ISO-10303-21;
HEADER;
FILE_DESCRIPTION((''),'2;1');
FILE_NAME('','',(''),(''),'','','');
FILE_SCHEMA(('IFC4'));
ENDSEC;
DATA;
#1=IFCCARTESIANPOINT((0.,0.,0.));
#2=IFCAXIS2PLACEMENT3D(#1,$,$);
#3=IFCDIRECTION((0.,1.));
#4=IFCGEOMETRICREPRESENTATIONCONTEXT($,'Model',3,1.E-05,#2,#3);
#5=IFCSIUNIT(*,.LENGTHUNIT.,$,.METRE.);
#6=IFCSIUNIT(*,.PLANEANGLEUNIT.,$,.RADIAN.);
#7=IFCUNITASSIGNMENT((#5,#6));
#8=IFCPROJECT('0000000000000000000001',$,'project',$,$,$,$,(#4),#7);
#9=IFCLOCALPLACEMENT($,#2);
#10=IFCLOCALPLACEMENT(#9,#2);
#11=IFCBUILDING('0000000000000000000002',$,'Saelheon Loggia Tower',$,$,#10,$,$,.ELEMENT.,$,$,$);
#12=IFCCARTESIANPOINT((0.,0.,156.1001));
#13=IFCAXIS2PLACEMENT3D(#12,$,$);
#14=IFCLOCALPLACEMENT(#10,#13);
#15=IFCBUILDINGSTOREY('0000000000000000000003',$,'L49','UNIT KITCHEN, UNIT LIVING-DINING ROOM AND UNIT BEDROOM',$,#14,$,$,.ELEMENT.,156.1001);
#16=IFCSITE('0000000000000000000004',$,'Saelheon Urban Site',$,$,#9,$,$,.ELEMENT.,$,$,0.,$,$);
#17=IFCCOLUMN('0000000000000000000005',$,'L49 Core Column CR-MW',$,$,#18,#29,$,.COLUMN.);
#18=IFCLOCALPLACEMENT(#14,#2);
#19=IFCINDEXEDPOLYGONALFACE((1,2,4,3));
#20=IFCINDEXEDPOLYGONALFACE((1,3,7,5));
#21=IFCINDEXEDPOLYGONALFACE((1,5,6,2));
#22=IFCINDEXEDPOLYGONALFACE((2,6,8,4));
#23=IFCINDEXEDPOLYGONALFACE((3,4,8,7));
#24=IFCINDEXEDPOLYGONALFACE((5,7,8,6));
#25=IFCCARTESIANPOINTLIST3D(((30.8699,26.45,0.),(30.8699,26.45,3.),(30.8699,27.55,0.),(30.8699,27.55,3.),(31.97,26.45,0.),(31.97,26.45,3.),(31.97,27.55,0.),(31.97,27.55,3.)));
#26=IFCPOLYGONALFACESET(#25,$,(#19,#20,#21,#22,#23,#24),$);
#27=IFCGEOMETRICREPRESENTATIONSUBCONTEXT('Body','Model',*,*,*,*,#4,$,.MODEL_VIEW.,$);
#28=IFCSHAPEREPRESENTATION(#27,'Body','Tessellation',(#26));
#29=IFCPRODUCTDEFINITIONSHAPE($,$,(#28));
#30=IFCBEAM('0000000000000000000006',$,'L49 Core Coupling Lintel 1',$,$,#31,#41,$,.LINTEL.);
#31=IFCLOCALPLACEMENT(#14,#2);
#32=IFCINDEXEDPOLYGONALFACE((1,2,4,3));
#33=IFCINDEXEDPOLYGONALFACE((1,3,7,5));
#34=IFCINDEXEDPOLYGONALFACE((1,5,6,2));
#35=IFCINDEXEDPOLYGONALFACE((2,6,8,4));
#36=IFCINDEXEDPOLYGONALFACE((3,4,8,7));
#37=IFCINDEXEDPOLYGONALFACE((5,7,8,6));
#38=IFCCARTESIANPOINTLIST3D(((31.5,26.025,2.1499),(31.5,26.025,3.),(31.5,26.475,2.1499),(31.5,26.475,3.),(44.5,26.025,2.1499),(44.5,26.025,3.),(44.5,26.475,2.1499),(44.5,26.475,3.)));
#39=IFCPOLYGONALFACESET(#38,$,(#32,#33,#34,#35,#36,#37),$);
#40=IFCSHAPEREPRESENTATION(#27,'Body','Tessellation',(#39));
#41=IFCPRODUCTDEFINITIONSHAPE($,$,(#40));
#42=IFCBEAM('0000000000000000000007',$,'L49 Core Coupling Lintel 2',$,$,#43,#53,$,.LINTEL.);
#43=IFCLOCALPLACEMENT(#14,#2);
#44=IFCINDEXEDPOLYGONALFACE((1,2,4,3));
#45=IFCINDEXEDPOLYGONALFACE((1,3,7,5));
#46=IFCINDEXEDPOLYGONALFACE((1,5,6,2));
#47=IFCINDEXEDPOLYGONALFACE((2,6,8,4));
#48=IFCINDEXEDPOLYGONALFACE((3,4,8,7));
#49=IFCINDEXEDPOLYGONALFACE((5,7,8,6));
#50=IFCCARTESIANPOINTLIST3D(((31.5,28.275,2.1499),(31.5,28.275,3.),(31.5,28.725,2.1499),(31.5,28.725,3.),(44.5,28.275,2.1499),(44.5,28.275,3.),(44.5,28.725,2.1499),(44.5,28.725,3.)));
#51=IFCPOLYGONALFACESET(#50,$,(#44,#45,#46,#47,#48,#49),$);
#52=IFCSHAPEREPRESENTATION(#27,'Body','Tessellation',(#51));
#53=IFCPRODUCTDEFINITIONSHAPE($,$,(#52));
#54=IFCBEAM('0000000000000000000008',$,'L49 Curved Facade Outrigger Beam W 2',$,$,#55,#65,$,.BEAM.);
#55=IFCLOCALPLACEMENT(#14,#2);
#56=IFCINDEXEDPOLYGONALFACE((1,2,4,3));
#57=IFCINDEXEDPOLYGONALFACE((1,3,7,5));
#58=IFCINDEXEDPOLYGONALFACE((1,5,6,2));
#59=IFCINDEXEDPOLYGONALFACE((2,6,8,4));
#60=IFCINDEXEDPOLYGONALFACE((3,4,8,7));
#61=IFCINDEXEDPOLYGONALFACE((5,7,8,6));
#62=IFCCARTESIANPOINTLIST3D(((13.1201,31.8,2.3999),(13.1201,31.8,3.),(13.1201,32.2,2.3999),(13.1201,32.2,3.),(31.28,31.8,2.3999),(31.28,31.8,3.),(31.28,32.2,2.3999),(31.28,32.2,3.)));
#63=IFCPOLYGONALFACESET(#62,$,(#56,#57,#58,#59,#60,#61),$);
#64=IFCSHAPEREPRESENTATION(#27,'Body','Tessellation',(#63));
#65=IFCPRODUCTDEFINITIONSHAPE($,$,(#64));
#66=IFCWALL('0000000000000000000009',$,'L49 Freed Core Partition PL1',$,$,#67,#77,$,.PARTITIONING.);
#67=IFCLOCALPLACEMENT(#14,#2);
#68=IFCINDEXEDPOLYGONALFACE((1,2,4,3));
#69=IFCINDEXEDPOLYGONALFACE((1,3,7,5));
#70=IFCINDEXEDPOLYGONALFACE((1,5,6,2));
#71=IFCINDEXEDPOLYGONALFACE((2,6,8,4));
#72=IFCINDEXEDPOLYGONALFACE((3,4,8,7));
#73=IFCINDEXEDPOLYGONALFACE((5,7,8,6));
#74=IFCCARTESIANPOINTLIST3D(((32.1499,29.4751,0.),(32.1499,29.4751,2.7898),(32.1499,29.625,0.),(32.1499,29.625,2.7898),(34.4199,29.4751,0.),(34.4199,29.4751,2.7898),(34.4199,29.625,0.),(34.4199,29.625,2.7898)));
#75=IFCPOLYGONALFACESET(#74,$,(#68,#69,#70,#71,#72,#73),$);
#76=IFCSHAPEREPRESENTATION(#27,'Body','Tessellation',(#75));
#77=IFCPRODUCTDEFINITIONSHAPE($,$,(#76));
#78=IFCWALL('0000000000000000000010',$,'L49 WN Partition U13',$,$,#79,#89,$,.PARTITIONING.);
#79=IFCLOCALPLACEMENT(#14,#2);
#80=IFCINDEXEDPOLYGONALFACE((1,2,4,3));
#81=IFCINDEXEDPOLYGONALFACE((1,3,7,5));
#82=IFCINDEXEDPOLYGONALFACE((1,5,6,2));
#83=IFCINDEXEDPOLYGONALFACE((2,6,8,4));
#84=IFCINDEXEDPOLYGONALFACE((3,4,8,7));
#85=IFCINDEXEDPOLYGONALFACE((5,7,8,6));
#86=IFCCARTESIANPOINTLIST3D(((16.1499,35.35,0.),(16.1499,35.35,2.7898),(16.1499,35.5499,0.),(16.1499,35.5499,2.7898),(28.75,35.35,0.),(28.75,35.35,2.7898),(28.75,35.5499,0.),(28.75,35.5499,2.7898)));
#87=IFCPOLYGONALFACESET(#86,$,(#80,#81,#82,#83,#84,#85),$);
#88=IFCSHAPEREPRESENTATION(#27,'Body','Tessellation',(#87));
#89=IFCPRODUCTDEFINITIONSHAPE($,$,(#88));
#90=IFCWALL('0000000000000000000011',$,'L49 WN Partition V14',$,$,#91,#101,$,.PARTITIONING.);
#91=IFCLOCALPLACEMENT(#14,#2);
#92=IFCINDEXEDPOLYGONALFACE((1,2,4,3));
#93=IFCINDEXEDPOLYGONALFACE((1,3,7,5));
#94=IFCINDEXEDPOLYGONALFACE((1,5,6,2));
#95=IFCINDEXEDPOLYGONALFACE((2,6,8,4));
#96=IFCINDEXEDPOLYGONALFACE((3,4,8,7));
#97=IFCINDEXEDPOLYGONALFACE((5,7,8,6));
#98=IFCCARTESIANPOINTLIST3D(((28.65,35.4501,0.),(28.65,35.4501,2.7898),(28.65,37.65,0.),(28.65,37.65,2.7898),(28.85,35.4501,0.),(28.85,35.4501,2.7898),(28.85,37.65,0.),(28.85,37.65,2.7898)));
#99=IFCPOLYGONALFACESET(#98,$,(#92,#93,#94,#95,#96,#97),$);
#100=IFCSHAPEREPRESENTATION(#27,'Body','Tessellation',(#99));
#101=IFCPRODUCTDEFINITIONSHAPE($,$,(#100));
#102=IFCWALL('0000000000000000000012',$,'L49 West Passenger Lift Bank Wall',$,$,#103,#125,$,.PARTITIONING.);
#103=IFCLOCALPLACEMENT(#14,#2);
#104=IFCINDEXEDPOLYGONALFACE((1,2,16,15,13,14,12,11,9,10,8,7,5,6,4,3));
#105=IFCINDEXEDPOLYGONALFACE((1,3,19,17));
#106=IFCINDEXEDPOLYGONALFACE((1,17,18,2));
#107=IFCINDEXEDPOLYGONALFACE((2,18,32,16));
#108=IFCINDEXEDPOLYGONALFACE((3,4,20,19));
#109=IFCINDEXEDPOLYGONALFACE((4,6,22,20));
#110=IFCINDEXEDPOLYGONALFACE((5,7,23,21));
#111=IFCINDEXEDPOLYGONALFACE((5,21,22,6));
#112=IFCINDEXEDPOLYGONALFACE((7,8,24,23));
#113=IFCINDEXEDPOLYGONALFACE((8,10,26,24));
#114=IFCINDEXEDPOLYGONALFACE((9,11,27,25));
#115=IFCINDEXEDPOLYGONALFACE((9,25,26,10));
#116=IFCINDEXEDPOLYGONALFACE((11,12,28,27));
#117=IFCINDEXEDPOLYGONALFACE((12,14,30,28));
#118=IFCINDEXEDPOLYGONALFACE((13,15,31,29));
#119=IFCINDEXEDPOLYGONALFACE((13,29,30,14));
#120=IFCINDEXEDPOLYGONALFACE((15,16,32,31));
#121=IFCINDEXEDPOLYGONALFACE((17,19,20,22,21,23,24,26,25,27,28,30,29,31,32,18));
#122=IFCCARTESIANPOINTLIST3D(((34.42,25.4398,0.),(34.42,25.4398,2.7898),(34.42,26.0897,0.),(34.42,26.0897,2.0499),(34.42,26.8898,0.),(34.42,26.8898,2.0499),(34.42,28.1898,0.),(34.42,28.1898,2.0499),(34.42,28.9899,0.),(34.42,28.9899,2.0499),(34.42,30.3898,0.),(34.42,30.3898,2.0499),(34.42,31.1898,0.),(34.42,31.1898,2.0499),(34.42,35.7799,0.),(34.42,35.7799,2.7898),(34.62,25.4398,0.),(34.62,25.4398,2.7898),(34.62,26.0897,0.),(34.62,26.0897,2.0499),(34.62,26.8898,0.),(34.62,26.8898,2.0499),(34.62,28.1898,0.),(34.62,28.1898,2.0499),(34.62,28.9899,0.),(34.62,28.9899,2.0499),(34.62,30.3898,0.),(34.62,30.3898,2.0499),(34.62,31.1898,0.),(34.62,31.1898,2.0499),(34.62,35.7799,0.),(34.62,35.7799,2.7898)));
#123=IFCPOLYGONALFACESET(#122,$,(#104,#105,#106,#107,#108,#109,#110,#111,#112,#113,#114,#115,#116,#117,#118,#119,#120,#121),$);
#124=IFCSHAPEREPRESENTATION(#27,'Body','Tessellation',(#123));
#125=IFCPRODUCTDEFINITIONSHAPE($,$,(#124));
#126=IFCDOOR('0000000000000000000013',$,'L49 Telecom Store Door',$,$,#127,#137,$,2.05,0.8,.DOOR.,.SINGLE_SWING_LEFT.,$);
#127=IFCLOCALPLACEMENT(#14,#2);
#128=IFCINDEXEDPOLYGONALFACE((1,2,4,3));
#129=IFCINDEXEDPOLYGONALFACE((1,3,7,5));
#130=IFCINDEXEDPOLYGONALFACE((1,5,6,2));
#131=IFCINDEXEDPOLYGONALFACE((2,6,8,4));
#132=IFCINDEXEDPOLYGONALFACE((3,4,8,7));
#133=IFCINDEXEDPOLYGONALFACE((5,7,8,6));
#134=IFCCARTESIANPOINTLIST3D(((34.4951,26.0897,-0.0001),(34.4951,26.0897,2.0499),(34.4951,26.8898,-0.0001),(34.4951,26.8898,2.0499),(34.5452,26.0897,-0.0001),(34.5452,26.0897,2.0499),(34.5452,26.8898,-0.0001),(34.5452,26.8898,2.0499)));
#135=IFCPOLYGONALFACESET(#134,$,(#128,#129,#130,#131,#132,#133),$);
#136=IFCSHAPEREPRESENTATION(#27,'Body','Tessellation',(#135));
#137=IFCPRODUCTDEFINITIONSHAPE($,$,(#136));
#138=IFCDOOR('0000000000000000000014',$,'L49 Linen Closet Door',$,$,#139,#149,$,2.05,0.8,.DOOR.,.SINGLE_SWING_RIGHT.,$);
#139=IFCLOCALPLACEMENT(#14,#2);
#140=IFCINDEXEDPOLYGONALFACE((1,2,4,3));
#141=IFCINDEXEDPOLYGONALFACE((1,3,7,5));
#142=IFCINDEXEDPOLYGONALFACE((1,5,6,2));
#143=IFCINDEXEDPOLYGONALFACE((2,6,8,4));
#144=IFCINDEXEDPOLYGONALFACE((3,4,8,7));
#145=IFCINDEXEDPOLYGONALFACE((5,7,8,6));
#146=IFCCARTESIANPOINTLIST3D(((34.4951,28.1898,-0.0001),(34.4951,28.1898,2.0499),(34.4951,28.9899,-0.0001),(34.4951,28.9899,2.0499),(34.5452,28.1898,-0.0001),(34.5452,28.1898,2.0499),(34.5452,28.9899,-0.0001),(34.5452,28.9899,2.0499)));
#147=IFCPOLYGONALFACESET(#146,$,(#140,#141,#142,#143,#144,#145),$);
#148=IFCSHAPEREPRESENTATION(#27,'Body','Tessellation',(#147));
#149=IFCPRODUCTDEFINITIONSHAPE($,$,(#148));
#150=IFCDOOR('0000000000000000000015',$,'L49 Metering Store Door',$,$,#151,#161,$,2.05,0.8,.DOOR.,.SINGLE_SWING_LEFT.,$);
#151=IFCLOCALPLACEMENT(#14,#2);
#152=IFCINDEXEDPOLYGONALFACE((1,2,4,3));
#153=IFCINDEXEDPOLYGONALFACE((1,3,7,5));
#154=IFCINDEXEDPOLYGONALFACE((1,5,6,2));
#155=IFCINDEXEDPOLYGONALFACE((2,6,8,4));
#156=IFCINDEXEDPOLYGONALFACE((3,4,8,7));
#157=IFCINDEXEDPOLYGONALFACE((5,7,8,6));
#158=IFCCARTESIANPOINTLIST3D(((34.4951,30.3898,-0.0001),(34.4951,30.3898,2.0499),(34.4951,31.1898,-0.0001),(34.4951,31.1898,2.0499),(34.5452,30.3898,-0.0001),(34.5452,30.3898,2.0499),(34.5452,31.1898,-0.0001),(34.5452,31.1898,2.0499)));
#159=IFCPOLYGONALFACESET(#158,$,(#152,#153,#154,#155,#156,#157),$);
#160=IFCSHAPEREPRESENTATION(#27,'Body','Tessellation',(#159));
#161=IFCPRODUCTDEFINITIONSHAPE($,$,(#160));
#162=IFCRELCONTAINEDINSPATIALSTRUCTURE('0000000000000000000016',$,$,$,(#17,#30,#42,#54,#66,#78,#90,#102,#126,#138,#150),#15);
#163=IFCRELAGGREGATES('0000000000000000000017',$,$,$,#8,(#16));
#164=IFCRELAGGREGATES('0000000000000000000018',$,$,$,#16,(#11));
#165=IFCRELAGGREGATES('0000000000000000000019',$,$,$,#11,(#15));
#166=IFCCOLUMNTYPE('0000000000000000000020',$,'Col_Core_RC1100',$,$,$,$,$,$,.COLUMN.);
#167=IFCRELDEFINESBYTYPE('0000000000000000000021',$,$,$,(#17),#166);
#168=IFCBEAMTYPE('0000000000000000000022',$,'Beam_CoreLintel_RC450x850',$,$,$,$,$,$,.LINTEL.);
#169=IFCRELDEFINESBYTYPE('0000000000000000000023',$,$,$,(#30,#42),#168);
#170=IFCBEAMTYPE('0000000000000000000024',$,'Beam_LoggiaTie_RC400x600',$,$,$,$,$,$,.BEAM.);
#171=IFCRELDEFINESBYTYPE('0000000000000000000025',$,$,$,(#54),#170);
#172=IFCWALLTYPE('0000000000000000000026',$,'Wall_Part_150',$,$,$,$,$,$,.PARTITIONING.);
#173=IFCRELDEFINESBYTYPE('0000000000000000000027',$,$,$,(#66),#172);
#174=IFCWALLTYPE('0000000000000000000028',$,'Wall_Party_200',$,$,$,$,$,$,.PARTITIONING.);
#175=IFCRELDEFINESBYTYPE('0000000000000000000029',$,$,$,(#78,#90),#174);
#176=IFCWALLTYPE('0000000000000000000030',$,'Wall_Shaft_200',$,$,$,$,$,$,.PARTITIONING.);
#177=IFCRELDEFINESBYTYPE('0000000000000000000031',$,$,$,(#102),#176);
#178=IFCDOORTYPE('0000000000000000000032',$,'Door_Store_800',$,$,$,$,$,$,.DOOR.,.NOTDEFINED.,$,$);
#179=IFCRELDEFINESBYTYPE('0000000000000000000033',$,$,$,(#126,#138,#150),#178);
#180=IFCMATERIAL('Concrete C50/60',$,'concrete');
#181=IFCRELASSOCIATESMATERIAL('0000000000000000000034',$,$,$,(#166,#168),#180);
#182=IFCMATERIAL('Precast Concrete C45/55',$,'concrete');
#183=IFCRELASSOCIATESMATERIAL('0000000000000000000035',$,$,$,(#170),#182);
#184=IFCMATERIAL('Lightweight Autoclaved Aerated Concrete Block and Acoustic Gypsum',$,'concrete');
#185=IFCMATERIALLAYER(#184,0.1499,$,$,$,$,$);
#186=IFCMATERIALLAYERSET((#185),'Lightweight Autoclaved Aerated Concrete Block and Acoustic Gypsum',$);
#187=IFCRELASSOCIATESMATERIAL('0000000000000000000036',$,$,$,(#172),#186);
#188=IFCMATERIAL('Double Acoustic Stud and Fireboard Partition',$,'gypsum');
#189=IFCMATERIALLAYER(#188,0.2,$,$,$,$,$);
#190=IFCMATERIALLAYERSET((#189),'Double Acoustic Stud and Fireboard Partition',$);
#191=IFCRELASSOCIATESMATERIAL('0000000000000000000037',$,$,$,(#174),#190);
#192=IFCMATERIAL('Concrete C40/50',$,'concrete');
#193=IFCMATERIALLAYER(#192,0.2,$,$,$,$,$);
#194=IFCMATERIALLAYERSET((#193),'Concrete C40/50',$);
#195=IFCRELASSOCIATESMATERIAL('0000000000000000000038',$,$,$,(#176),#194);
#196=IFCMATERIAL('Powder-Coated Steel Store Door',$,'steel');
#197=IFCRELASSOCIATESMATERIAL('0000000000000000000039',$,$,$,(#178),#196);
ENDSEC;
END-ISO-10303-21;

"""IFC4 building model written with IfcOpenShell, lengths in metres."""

from ifc_helpers import new_model, si_unit, direction, frame, frame_2d, origin, origin_2d, place, context, subcontext, project, spatial, rectangle, extrude, source, transform, mapped, material, layer, layer_set, material_profile, profile_set, type_object, element, fill, save


model = new_model("IFC4")

# Units and contexts
model_context = context("Model", 3, precision=1e-05, world=origin(), true_north=direction((0.0, 1.0)))
body_context = subcontext(model_context, "Body", "Model", "MODEL_VIEW")
ifc_project = project(units=[si_unit("LENGTHUNIT", "METRE"), si_unit("PLANEANGLEUNIT", "RADIAN")], contexts=[model_context])

# Site, building, storey
site_placement = place(None, origin())
site = spatial("IfcSite", under=ifc_project, at=site_placement, Name="Saelheon Urban Site", CompositionType="ELEMENT", RefElevation=0.0)
building_placement = place(site_placement, origin())
building = spatial("IfcBuilding", under=site, at=building_placement, Name="Saelheon Loggia Tower", CompositionType="ELEMENT")
storey_placement = place(building_placement, frame((0.0, 0.0, 156.1001)))
storey = spatial("IfcBuildingStorey", under=building, at=storey_placement, Name="L49", Description="UNIT KITCHEN, UNIT LIVING-DINING ROOM AND UNIT BEDROOM", CompositionType="ELEMENT", Elevation=156.1001)

# Column
ifc_material_1 = material(Name="Concrete C50/60", Category="concrete")
ifc_material_profile_1 = material_profile(ifc_material_1, rectangle(XDim=1.1001, YDim=1.1001, at=origin_2d()), Name="RC-1100x1100")
ifc_profile_set_1 = profile_set([ifc_material_profile_1], Name="Concrete C50/60")
column_type = type_object("IfcColumnType", Name="Col_Core_RC1100", PredefinedType="COLUMN", material=ifc_profile_set_1)
shared_shape_1 = source(origin(), body_context, "Body", "SweptSolid", [
    extrude(rectangle(XDim=1.1001, YDim=1.1001, at=origin_2d()), origin(), (0.0, 0.0, 1.0), 3.0),
])
column_placement = place(storey_placement, frame((31.4199, 27.0, 0.0), z_axis=(0.0, 0.0, 1.0), x_axis=(1.0, 0.0, 0.0)))
element("IfcColumn", 1, at=column_placement, inside=storey, type_object=column_type, Name="L49 Core Column CR-MW", PredefinedType="COLUMN", context=body_context, shape_type="MappedRepresentation", body=[
    mapped(shared_shape_1, transform((0.0, 0.0, 0.0), scale=1.0)),
])

# Beams
ifc_material_profile_2 = material_profile(ifc_material_1, rectangle(XDim=0.45, YDim=0.8501, at=origin_2d()), Name="RC-450x850")
ifc_profile_set_2 = profile_set([ifc_material_profile_2], Name="Concrete C50/60")
beam_type_1 = type_object("IfcBeamType", Name="Beam_CoreLintel_RC450x850", PredefinedType="LINTEL", material=ifc_profile_set_2)
shared_shape_2 = source(origin(), body_context, "Body", "SweptSolid", [
    extrude(rectangle(XDim=0.45, YDim=0.8501, at=origin_2d()), origin(), (0.0, 0.0, 1.0), 13.0),
])
for number, where, z_axis, x_axis, name in (
    (2, (31.5, 26.25, 2.575), (1.0, 0.0, 0.0), (0.0, 1.0, 0.0), "L49 Core Coupling Lintel 1"),
    (3, (31.5, 28.5, 2.575), (1.0, 0.0, 0.0), (0.0, 1.0, 0.0), "L49 Core Coupling Lintel 2"),
):
    element("IfcBeam", number, at=place(storey_placement, frame(where, z_axis=z_axis, x_axis=x_axis)), inside=storey, type_object=beam_type_1, Name=name, PredefinedType="LINTEL", context=body_context, shape_type="MappedRepresentation", body=[
        mapped(shared_shape_2, transform((0.0, 0.0, 0.0), scale=1.0)),
    ])
ifc_material_2 = material(Name="Precast Concrete C45/55", Category="concrete")
ifc_material_profile_3 = material_profile(ifc_material_2, rectangle(XDim=0.3999, YDim=0.6001, at=origin_2d()), Name="RC-400x600")
ifc_profile_set_3 = profile_set([ifc_material_profile_3], Name="Precast Concrete C45/55")
beam_type_2 = type_object("IfcBeamType", Name="Beam_LoggiaTie_RC400x600", PredefinedType="BEAM", material=ifc_profile_set_3)
shared_shape_3 = source(origin(), body_context, "Body", "SweptSolid", [
    extrude(rectangle(XDim=0.3999, YDim=0.6001, at=origin_2d()), origin(), (0.0, 0.0, 1.0), 18.1599),
])
beam_placement = place(storey_placement, frame((31.28, 32.0, 2.7), z_axis=(-1.0, 0.0, 0.0), x_axis=(0.0, -1.0, 0.0)))
element("IfcBeam", 4, at=beam_placement, inside=storey, type_object=beam_type_2, Name="L49 Curved Facade Outrigger Beam W 2", PredefinedType="BEAM", context=body_context, shape_type="MappedRepresentation", body=[
    mapped(shared_shape_3, transform((0.0, 0.0, 0.0), scale=1.0)),
])

# Walls
ifc_material_3 = material(Name="Lightweight Autoclaved Aerated Concrete Block and Acoustic Gypsum", Category="concrete")
ifc_layer_1 = layer(ifc_material_3, 0.1499)
ifc_layer_set_1 = layer_set([ifc_layer_1], Name="Lightweight Autoclaved Aerated Concrete Block and Acoustic Gypsum")
wall_type_1 = type_object("IfcWallType", Name="Wall_Part_150", PredefinedType="PARTITIONING", material=ifc_layer_set_1)
wall_1_placement = place(storey_placement, frame((32.1499, 29.55, 0.0), z_axis=(0.0, 0.0, 1.0), x_axis=(1.0, 0.0, 0.0)))
element("IfcWall", 5, at=wall_1_placement, inside=storey, type_object=wall_type_1, Name="L49 Freed Core Partition PL1", PredefinedType="PARTITIONING", context=body_context, shape_type="SweptSolid", body=[
    extrude(rectangle(XDim=2.27, YDim=0.1499, at=frame_2d((1.135, 0.0))), origin(), (0.0, 0.0, 1.0), 2.7898),
])
ifc_material_4 = material(Name="Double Acoustic Stud and Fireboard Partition", Category="gypsum")
ifc_layer_2 = layer(ifc_material_4, 0.2)
ifc_layer_set_2 = layer_set([ifc_layer_2], Name="Double Acoustic Stud and Fireboard Partition")
wall_type_2 = type_object("IfcWallType", Name="Wall_Party_200", PredefinedType="PARTITIONING", material=ifc_layer_set_2)
wall_2_placement = place(storey_placement, frame((28.75, 35.45, 0.0), z_axis=(0.0, 0.0, 1.0), x_axis=(-1.0, 0.0, 0.0)))
element("IfcWall", 6, at=wall_2_placement, inside=storey, type_object=wall_type_2, Name="L49 WN Partition U13", PredefinedType="PARTITIONING", context=body_context, shape_type="SweptSolid", body=[
    extrude(rectangle(XDim=12.6001, YDim=0.2, at=frame_2d((6.3, 0.0))), origin(), (0.0, 0.0, 1.0), 2.7898),
])
wall_3_placement = place(storey_placement, frame((28.75, 35.45, 0.0), z_axis=(0.0, 0.0, 1.0), x_axis=(0.0, 1.0, 0.0)))
element("IfcWall", 7, at=wall_3_placement, inside=storey, type_object=wall_type_2, Name="L49 WN Partition V14", PredefinedType="PARTITIONING", context=body_context, shape_type="SweptSolid", body=[
    extrude(rectangle(XDim=2.2, YDim=0.2, at=frame_2d((1.1001, 0.0))), origin(), (0.0, 0.0, 1.0), 2.7898),
])

# Wall, openings, doors
ifc_material_5 = material(Name="Concrete C40/50", Category="concrete")
ifc_layer_3 = layer(ifc_material_5, 0.2)
ifc_layer_set_3 = layer_set([ifc_layer_3], Name="Concrete C40/50")
wall_type_3 = type_object("IfcWallType", Name="Wall_Shaft_200", PredefinedType="PARTITIONING", material=ifc_layer_set_3)
wall_4_placement = place(storey_placement, frame((34.52, 25.4399, 0.0), z_axis=(0.0, 0.0, 1.0), x_axis=(0.0, 1.0, 0.0)))
wall_4 = element("IfcWall", 8, at=wall_4_placement, inside=storey, type_object=wall_type_3, Name="L49 West Passenger Lift Bank Wall", PredefinedType="PARTITIONING", context=body_context, shape_type="SweptSolid", body=[
    extrude(rectangle(XDim=10.3401, YDim=0.2, at=frame_2d((5.1699, 0.0))), origin(), (0.0, 0.0, 1.0), 2.7898),
])
opening_1_placement = place(wall_4_placement, frame((0.6499, 0.0, 0.0)))
opening_1 = element("IfcOpeningElement", 9, at=opening_1_placement, cuts=wall_4, PredefinedType="OPENING", context=body_context, shape_type="SweptSolid", body=[
    extrude(rectangle(XDim=0.8, YDim=2.05, at=frame_2d((0.3999, 1.0249))), frame((0.0, 0.1121, 0.0), z_axis=(0.0, -1.0, 0.0), x_axis=(1.0, 0.0, 0.0)), (0.0, 0.0, 1.0), 0.2239),
])
opening_2_placement = place(wall_4_placement, frame((2.75, 0.0, 0.0)))
opening_2 = element("IfcOpeningElement", 10, at=opening_2_placement, cuts=wall_4, PredefinedType="OPENING", context=body_context, shape_type="SweptSolid", body=[
    extrude(rectangle(XDim=0.8, YDim=2.05, at=frame_2d((0.3999, 1.0249))), frame((0.0, 0.1121, 0.0), z_axis=(0.0, -1.0, 0.0), x_axis=(1.0, 0.0, 0.0)), (0.0, 0.0, 1.0), 0.2239),
])
opening_3_placement = place(wall_4_placement, frame((4.95, 0.0, 0.0)))
opening_3 = element("IfcOpeningElement", 11, at=opening_3_placement, cuts=wall_4, PredefinedType="OPENING", context=body_context, shape_type="SweptSolid", body=[
    extrude(rectangle(XDim=0.8, YDim=2.05, at=frame_2d((0.3999, 1.0249))), frame((0.0, 0.1121, 0.0), z_axis=(0.0, -1.0, 0.0), x_axis=(1.0, 0.0, 0.0)), (0.0, 0.0, 1.0), 0.2239),
])
ifc_material_6 = material(Name="Powder-Coated Steel Store Door", Category="steel")
door_type = type_object("IfcDoorType", Name="Door_Store_800", OperationType="NOTDEFINED", PredefinedType="DOOR", material=ifc_material_6)
shared_shape_4 = source(origin(), body_context, "Body", "SweptSolid", [
    extrude(rectangle(XDim=0.8, YDim=2.05, at=frame_2d((0.3999, 1.0249))), frame((0.0, 0.0249, 0.0), z_axis=(0.0, -1.0, 0.0), x_axis=(1.0, 0.0, 0.0)), (0.0, 0.0, 1.0), 0.05),
])
door_1_placement = place(opening_1_placement, origin())
door_1 = element("IfcDoor", 12, at=door_1_placement, inside=storey, type_object=door_type, Name="L49 Telecom Store Door", OperationType="SINGLE_SWING_LEFT", OverallHeight=2.05, OverallWidth=0.8, PredefinedType="DOOR", context=body_context, shape_type="MappedRepresentation", body=[
    mapped(shared_shape_4, transform((0.0, 0.0, 0.0), scale=1.0)),
])
fill(opening_1, door_1)
door_2_placement = place(opening_2_placement, origin())
door_2 = element("IfcDoor", 13, at=door_2_placement, inside=storey, type_object=door_type, Name="L49 Linen Closet Door", OperationType="SINGLE_SWING_RIGHT", OverallHeight=2.05, OverallWidth=0.8, PredefinedType="DOOR", context=body_context, shape_type="MappedRepresentation", body=[
    mapped(shared_shape_4, transform((0.0, 0.0, 0.0), scale=1.0)),
])
fill(opening_2, door_2)
door_3_placement = place(opening_3_placement, origin())
door_3 = element("IfcDoor", 14, at=door_3_placement, inside=storey, type_object=door_type, Name="L49 Metering Store Door", OperationType="SINGLE_SWING_LEFT", OverallHeight=2.05, OverallWidth=0.8, PredefinedType="DOOR", context=body_context, shape_type="MappedRepresentation", body=[
    mapped(shared_shape_4, transform((0.0, 0.0, 0.0), scale=1.0)),
])
fill(opening_3, door_3)

save(model, "model.ifc")
